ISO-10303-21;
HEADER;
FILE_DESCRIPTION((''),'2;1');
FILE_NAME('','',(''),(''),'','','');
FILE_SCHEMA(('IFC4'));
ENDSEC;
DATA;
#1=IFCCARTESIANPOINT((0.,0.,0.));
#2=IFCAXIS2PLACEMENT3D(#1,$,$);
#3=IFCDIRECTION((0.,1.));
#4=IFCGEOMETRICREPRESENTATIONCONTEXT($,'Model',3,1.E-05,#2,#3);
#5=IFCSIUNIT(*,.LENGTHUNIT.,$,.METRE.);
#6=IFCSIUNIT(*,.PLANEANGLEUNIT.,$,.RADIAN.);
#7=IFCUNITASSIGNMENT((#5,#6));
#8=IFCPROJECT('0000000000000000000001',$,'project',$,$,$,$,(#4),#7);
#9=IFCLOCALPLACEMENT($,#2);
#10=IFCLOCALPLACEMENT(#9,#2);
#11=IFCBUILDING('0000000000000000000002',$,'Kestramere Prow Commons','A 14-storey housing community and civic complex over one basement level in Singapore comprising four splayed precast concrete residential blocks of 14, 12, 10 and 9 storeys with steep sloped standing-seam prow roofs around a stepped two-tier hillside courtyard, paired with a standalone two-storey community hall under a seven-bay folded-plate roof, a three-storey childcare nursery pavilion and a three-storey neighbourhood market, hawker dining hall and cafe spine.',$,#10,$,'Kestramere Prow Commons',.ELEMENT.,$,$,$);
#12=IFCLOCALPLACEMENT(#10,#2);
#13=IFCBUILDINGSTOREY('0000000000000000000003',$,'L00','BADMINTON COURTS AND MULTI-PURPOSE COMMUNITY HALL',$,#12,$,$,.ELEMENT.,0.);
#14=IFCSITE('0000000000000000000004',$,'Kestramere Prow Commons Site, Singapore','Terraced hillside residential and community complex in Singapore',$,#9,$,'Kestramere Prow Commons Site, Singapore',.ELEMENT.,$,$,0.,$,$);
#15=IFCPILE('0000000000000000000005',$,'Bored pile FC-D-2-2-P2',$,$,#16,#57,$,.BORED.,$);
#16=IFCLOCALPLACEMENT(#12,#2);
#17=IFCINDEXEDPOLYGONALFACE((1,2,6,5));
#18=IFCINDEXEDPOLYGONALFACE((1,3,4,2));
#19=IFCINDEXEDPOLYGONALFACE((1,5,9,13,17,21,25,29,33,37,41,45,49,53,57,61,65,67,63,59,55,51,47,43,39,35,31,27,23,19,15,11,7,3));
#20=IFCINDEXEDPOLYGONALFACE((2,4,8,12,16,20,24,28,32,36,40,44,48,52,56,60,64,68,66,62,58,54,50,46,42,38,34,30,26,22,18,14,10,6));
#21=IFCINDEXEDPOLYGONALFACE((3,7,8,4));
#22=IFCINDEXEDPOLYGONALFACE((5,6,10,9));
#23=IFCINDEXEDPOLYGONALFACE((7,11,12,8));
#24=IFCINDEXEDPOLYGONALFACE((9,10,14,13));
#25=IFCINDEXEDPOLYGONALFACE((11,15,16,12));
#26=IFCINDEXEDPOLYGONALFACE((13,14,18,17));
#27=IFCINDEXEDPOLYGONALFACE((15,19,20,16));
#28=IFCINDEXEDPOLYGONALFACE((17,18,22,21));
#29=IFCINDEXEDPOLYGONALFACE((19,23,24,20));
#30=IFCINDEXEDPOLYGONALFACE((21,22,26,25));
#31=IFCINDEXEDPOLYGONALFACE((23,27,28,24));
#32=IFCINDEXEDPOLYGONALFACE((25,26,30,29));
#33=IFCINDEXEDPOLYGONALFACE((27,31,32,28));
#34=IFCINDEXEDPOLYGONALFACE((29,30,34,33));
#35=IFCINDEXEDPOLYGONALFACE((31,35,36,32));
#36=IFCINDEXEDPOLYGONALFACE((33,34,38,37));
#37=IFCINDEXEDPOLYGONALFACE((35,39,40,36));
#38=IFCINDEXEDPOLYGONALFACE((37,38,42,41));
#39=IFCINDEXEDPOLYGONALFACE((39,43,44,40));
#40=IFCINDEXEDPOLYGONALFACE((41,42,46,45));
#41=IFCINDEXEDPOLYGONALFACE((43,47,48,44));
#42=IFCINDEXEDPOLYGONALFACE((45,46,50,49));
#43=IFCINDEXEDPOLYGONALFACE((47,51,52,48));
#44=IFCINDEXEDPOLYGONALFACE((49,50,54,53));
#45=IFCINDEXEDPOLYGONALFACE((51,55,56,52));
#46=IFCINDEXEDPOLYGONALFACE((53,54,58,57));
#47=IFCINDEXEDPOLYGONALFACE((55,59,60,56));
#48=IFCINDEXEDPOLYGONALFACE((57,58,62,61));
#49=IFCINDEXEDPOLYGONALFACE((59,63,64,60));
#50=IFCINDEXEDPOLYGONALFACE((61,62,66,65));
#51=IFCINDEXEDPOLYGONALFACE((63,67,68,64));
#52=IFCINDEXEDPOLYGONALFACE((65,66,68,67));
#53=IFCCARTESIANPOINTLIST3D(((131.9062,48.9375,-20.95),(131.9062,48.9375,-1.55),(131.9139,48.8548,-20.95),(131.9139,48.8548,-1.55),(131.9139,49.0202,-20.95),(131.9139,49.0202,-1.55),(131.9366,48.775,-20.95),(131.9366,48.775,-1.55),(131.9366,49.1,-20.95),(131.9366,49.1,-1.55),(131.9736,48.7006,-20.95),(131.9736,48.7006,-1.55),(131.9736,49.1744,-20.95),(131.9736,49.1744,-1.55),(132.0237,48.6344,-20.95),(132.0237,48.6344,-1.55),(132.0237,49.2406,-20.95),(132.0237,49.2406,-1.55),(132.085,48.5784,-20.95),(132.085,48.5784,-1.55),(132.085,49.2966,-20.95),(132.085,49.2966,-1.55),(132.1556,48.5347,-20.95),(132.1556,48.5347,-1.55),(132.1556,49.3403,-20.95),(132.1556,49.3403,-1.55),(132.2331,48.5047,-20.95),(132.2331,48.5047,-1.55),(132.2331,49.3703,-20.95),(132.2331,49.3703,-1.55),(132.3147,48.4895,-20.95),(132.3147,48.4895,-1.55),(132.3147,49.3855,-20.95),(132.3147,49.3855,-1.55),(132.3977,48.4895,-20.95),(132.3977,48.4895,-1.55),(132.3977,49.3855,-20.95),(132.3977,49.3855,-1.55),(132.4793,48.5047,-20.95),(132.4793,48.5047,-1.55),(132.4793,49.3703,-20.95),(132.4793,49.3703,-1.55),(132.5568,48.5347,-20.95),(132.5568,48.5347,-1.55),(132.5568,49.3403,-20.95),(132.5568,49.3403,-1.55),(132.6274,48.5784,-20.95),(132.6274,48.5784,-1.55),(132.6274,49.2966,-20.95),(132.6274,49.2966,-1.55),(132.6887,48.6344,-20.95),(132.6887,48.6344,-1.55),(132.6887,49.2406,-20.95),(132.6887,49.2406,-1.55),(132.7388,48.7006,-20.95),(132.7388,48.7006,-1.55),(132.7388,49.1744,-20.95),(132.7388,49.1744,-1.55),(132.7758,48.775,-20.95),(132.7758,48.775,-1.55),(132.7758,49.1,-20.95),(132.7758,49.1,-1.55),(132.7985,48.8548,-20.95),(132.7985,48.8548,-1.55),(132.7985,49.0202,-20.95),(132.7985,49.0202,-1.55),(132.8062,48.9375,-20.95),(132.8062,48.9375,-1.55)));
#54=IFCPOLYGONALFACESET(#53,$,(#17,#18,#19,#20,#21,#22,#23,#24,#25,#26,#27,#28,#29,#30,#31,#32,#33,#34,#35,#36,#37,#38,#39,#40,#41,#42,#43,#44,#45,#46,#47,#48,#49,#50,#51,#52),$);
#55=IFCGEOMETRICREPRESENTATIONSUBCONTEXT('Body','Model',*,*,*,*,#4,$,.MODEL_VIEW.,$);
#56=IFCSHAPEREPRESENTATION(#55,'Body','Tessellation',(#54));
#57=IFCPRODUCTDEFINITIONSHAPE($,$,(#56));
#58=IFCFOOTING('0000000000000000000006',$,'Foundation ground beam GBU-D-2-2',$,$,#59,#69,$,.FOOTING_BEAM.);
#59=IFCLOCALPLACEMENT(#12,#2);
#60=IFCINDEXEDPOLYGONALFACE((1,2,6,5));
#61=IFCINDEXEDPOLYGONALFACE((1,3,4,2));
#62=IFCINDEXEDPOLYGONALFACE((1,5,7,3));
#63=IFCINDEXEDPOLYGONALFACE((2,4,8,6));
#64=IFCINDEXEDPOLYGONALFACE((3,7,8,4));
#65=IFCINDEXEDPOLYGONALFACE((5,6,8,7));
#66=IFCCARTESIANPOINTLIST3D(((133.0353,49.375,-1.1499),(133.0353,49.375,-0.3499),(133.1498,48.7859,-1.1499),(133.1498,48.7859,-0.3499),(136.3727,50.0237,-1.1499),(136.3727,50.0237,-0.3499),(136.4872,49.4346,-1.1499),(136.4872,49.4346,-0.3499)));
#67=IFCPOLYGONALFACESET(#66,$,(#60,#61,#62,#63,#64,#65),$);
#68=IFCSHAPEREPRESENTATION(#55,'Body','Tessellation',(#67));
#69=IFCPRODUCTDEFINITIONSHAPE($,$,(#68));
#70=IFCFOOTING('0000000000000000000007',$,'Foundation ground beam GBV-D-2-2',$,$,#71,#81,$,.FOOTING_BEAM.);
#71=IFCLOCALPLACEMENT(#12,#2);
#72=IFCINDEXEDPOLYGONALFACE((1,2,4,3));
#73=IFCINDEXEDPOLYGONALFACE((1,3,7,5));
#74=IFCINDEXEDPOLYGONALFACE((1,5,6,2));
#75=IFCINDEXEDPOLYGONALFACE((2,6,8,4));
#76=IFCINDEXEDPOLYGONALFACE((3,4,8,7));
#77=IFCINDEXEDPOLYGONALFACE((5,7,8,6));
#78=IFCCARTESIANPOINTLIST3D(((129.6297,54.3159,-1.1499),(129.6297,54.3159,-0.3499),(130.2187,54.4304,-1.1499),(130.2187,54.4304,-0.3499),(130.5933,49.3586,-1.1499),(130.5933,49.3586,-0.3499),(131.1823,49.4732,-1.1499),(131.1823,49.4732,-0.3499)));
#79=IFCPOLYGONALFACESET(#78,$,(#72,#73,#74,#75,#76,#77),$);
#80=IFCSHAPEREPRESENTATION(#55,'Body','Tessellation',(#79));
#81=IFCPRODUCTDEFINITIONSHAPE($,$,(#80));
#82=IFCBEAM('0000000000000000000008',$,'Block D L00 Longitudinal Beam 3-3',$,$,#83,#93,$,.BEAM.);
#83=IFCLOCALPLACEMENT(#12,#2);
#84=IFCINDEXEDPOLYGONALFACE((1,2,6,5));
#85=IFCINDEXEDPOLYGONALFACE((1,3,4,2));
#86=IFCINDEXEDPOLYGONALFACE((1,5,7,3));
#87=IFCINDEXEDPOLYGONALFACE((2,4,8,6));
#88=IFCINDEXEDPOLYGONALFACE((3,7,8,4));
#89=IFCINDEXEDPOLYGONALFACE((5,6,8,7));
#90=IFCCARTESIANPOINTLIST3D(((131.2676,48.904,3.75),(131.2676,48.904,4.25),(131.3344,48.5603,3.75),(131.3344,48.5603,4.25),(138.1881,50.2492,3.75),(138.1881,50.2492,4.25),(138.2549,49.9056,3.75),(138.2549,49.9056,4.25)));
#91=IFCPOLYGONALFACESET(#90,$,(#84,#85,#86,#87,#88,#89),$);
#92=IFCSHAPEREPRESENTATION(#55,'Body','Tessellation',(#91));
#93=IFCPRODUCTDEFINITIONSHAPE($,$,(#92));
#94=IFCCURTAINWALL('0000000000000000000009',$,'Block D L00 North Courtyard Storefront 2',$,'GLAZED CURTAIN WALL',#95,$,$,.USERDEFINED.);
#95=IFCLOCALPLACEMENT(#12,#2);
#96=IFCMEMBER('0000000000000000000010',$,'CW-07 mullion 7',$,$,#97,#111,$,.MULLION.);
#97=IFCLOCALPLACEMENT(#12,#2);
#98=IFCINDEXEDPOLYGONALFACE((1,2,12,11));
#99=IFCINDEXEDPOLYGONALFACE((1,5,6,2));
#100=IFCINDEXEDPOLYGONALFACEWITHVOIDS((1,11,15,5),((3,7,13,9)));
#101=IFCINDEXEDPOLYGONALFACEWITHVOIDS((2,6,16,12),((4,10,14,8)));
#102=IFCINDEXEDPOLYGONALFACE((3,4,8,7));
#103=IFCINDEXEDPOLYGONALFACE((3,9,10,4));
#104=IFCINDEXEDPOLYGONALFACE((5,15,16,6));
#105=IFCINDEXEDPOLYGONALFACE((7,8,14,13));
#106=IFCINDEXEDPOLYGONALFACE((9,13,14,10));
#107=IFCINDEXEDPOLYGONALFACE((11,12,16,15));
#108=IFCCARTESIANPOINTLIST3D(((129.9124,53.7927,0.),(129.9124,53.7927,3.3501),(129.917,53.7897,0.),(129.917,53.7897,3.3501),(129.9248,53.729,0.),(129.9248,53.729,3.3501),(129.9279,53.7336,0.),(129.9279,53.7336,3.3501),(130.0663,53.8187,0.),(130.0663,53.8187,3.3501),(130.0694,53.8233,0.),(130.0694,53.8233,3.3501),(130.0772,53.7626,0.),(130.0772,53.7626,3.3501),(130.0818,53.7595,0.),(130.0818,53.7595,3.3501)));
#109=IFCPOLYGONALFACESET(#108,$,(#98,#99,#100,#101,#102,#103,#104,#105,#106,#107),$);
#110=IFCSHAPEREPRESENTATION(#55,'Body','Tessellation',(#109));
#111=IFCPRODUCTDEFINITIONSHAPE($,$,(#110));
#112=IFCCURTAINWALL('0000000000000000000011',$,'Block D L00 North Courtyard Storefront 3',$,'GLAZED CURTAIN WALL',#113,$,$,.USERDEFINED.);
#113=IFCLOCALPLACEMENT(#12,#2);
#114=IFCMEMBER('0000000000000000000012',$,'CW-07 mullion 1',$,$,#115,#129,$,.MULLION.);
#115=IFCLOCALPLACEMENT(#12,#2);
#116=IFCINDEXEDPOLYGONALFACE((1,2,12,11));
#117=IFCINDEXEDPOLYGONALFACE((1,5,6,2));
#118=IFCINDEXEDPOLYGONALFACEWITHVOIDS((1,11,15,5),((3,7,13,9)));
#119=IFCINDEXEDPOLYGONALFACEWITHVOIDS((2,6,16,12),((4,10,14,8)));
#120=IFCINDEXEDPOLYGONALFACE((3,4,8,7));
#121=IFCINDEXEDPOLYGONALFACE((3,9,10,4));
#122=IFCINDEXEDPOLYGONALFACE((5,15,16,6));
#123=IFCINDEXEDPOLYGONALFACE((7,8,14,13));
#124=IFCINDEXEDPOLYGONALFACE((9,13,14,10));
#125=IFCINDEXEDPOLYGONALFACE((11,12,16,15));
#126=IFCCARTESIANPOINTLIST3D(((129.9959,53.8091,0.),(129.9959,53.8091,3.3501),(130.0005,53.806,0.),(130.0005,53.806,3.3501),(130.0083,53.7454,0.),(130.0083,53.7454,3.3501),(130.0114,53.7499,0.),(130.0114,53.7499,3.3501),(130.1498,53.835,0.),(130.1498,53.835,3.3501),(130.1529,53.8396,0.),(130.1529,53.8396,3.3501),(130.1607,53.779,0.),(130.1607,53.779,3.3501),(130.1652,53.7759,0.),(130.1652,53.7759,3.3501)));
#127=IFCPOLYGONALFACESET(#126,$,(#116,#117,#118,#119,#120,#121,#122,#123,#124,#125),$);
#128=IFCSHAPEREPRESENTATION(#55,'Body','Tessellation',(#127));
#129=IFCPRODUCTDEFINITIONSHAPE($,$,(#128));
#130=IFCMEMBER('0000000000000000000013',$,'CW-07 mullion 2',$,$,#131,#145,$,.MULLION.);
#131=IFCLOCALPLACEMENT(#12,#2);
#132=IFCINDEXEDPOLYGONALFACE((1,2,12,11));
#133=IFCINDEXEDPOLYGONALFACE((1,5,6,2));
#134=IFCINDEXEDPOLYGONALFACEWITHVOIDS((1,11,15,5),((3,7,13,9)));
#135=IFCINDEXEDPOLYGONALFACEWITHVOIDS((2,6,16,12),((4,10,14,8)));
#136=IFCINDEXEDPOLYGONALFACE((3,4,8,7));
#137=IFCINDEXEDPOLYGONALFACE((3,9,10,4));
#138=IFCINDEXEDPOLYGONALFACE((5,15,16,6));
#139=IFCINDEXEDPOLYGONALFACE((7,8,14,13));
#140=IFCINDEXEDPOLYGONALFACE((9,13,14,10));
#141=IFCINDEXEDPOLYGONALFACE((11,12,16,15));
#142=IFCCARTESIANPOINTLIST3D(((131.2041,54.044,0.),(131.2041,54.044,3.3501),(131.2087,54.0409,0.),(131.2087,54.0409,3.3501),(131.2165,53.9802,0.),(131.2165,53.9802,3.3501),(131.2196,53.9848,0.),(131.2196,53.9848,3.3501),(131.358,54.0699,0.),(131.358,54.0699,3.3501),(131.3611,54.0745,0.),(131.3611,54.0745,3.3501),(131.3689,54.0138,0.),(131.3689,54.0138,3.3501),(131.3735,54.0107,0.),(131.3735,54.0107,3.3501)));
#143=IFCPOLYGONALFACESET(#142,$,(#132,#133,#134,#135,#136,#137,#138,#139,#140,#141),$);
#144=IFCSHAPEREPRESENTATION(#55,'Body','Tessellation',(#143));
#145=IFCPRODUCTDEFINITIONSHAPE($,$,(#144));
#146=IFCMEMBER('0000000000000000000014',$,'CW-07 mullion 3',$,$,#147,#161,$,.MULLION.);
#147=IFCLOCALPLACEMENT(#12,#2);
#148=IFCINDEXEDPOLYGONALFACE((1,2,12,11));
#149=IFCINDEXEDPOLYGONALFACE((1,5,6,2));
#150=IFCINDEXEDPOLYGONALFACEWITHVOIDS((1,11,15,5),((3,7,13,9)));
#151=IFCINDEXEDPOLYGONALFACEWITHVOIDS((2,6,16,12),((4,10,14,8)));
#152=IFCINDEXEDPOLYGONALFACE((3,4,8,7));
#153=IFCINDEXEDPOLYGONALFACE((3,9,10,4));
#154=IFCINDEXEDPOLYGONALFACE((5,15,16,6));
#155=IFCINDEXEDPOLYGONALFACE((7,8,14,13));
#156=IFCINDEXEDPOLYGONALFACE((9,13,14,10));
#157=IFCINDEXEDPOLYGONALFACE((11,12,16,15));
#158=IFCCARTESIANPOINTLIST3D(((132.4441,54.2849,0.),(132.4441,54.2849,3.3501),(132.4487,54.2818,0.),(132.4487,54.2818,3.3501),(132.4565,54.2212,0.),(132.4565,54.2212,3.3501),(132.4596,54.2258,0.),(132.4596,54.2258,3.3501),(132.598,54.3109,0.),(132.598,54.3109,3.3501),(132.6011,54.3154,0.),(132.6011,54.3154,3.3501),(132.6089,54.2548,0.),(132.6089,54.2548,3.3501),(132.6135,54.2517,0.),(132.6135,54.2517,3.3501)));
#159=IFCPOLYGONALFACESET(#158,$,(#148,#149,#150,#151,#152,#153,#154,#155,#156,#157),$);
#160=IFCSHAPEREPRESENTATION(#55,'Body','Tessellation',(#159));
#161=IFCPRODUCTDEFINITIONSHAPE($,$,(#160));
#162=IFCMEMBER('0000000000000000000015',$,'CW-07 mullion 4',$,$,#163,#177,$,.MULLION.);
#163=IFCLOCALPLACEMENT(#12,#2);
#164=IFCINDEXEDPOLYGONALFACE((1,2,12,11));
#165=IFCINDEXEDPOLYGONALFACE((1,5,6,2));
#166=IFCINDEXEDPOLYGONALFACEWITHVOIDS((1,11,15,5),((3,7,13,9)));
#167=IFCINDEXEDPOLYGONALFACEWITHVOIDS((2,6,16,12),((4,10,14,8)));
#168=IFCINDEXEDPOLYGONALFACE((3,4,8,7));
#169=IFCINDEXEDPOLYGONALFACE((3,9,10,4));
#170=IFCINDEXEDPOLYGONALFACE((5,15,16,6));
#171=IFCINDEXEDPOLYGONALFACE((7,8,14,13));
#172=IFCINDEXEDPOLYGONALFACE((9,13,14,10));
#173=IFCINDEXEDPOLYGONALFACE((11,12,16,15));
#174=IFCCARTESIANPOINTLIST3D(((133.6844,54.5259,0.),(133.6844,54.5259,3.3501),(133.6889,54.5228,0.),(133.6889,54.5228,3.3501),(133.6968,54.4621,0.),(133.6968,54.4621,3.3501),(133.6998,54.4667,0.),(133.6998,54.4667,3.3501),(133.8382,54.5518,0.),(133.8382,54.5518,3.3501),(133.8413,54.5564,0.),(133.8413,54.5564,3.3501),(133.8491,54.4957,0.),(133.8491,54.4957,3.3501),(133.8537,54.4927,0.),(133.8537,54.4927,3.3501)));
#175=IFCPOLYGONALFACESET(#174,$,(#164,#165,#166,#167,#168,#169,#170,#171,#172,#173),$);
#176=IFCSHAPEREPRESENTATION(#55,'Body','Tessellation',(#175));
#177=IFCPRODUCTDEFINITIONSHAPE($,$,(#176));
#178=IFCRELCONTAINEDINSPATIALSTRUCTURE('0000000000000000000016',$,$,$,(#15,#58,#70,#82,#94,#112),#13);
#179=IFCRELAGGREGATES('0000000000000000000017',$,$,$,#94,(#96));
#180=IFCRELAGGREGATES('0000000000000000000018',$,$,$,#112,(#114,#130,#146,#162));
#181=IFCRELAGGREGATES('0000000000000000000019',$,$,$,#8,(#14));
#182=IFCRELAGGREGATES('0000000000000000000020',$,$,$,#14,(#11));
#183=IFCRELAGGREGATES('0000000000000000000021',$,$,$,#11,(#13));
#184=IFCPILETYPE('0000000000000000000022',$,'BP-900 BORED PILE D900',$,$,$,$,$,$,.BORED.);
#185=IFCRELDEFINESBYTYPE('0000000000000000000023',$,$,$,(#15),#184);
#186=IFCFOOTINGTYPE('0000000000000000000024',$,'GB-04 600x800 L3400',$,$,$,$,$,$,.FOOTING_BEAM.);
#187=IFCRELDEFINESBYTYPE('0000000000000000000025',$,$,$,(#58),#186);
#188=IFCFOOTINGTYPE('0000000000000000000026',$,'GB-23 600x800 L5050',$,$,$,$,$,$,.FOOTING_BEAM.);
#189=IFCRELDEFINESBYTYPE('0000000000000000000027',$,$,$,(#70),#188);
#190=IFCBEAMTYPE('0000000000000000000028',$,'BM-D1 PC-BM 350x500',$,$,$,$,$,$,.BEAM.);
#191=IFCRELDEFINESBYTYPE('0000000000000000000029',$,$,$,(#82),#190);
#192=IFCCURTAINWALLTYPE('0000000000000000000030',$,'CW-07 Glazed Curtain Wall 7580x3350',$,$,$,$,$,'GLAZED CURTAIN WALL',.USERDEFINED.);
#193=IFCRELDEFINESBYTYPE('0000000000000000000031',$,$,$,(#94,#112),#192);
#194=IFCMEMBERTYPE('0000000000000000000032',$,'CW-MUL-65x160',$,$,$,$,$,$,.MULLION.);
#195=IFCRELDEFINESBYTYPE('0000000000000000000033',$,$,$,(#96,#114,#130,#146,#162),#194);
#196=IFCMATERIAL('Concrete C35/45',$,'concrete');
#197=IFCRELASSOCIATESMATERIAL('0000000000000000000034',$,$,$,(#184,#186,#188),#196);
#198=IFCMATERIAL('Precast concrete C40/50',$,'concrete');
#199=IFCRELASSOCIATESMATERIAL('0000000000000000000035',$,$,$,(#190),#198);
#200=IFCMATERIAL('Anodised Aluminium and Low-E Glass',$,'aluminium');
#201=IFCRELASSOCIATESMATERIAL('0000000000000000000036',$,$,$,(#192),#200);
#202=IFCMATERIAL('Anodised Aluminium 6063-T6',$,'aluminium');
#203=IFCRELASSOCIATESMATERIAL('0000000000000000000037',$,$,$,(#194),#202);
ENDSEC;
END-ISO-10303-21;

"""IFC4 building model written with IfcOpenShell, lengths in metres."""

from ifc_helpers import new_model, si_unit, direction, frame, origin, origin_2d, place, context, subcontext, project, spatial, rectangle, hollow_rectangle, circle, extrude, material, material_profile, profile_set, type_object, element, aggregate, save


model = new_model("IFC4")

# Units and contexts
model_context = context("Model", 3, precision=1e-05, world=origin(), true_north=direction((0.0, 1.0)))
body_context = subcontext(model_context, "Body", "Model", "MODEL_VIEW")
ifc_project = project(units=[si_unit("LENGTHUNIT", "METRE"), si_unit("PLANEANGLEUNIT", "RADIAN")], contexts=[model_context])

# Site, building, storey
site_placement = place(None, origin())
site = spatial("IfcSite", under=ifc_project, at=site_placement, Name="Kestramere Prow Commons Site, Singapore", Description="Terraced hillside residential and community complex in Singapore", LongName="Kestramere Prow Commons Site, Singapore", CompositionType="ELEMENT", RefElevation=0.0)
building_placement = place(site_placement, origin())
building = spatial("IfcBuilding", under=site, at=building_placement, Name="Kestramere Prow Commons", Description="A 14-storey housing community and civic complex over one basement level in Singapore comprising four splayed precast concrete residential blocks of 14, 12, 10 and 9 storeys with steep sloped standing-seam prow roofs around a stepped two-tier hillside courtyard, paired with a standalone two-storey community hall under a seven-bay folded-plate roof, a three-storey childcare nursery pavilion and a three-storey neighbourhood market, hawker dining hall and cafe spine.", LongName="Kestramere Prow Commons", CompositionType="ELEMENT")
storey_placement = place(building_placement, origin())
storey = spatial("IfcBuildingStorey", under=building, at=storey_placement, Name="L00", Description="BADMINTON COURTS AND MULTI-PURPOSE COMMUNITY HALL", CompositionType="ELEMENT", Elevation=0.0)

# Pile
ifc_material_1 = material(Name="Concrete C35/45", Category="concrete")
ifc_material_profile_1 = material_profile(ifc_material_1, circle(Radius=0.45, at=origin_2d()), Name="BORED PILE D900")
ifc_profile_set_1 = profile_set([ifc_material_profile_1], Name="Concrete C35/45")
pile_type = type_object("IfcPileType", Name="BP-900 BORED PILE D900", PredefinedType="BORED", material=ifc_profile_set_1)
pile_placement = place(storey_placement, frame((132.3562, 48.9375, -1.55), z_axis=(0.0, 0.0, -1.0), x_axis=(1.0, 0.0, 0.0)))
element("IfcPile", 1, at=pile_placement, inside=storey, type_object=pile_type, Name="Bored pile FC-D-2-2-P2", PredefinedType="BORED", context=body_context, shape_type="SweptSolid", body=[
    extrude(circle(Radius=0.45, at=origin_2d()), origin(), (0.0, 0.0, 1.0), 19.3999),
])

# Footings
footing_type_1 = type_object("IfcFootingType", Name="GB-04 600x800 L3400", PredefinedType="FOOTING_BEAM", material=ifc_material_1)
footing_1_placement = place(storey_placement, frame((134.7612, 49.4048, -1.1499), z_axis=(0.0, 0.0, 1.0), x_axis=(0.981627, 0.190809, 0.0)))
element("IfcFooting", 2, at=footing_1_placement, inside=storey, type_object=footing_type_1, Name="Foundation ground beam GBU-D-2-2", PredefinedType="FOOTING_BEAM", context=body_context, shape_type="SweptSolid", body=[
    extrude(rectangle(XDim=3.3999, YDim=0.6001, at=origin_2d()), origin(), (0.0, 0.0, 1.0), 0.8),
])
footing_type_2 = type_object("IfcFootingType", Name="GB-23 600x800 L5050", PredefinedType="FOOTING_BEAM", material=ifc_material_1)
footing_2_placement = place(storey_placement, frame((130.406, 51.8945, -1.1499), z_axis=(0.0, 0.0, 1.0), x_axis=(-0.190809, 0.981627, 0.0)))
element("IfcFooting", 3, at=footing_2_placement, inside=storey, type_object=footing_type_2, Name="Foundation ground beam GBV-D-2-2", PredefinedType="FOOTING_BEAM", context=body_context, shape_type="SweptSolid", body=[
    extrude(rectangle(XDim=5.05, YDim=0.6001, at=origin_2d()), origin(), (0.0, 0.0, 1.0), 0.8),
])

# Beam
ifc_material_2 = material(Name="Precast concrete C40/50", Category="concrete")
ifc_material_profile_2 = material_profile(ifc_material_2, rectangle(XDim=0.3501, YDim=0.5, at=origin_2d()), Name="PC-BM 350x500")
ifc_profile_set_2 = profile_set([ifc_material_profile_2], Name="Precast concrete C40/50")
beam_type_1 = type_object("IfcBeamType", Name="BM-D1 PC-BM 350x500", PredefinedType="BEAM", material=ifc_profile_set_2)
beam_1_placement = place(storey_placement, frame((131.301, 48.7322, 4.0), z_axis=(0.981627, 0.190812, 0.0), x_axis=(-0.190812, 0.981627, 0.0)))
element("IfcBeam", 4, at=beam_1_placement, inside=storey, type_object=beam_type_1, Name="Block D L00 Longitudinal Beam 3-3", PredefinedType="BEAM", context=body_context, shape_type="SweptSolid", body=[
    extrude(rectangle(XDim=0.3501, YDim=0.5, at=origin_2d()), origin(), (0.0, 0.0, 1.0), 7.05),
])

# Curtain wall, member
ifc_material_3 = material(Name="Anodised Aluminium and Low-E Glass", Category="aluminium")
curtain_wall_type = type_object("IfcCurtainWallType", Name="CW-07 Glazed Curtain Wall 7580x3350", ElementType="GLAZED CURTAIN WALL", PredefinedType="USERDEFINED", material=ifc_material_3)
curtain_wall_1_placement = place(storey_placement, origin())
curtain_wall_1 = element("IfcCurtainWall", 5, at=curtain_wall_1_placement, inside=storey, type_object=curtain_wall_type, Name="Block D L00 North Courtyard Storefront 2", ObjectType="GLAZED CURTAIN WALL", PredefinedType="USERDEFINED")
ifc_material_4 = material(Name="Anodised Aluminium 6063-T6", Category="aluminium")
ifc_material_profile_3 = material_profile(ifc_material_4, hollow_rectangle(XDim=0.0649, YDim=0.1599, WallThickness=0.0039, at=origin_2d()), Name="ALU-MUL 65x160")
ifc_profile_set_3 = profile_set([ifc_material_profile_3], Name="Anodised Aluminium 6063-T6")
member_type_1 = type_object("IfcMemberType", Name="CW-MUL-65x160", PredefinedType="MULLION", material=ifc_profile_set_3)
member_1_placement = place(storey_placement, frame((129.9971, 53.7761, 0.0), z_axis=(0.0, 0.0, 1.0), x_axis=(-0.190809, 0.981627, 0.0)))
member_1 = element("IfcMember", 6, at=member_1_placement, type_object=member_type_1, Name="CW-07 mullion 7", PredefinedType="MULLION", context=body_context, shape_type="SweptSolid", body=[
    extrude(hollow_rectangle(XDim=0.0649, YDim=0.1599, WallThickness=0.0039, at=origin_2d()), origin(), (0.0, 0.0, 1.0), 3.3501),
])
aggregate(curtain_wall_1, [member_1])

# Curtain wall, members
curtain_wall_2_placement = place(storey_placement, origin())
curtain_wall_2 = element("IfcCurtainWall", 7, at=curtain_wall_2_placement, inside=storey, type_object=curtain_wall_type, Name="Block D L00 North Courtyard Storefront 3", ObjectType="GLAZED CURTAIN WALL", PredefinedType="USERDEFINED")
member_2_placement = place(storey_placement, frame((130.0806, 53.7925, 0.0), z_axis=(0.0, 0.0, 1.0), x_axis=(-0.190809, 0.981627, 0.0)))
member_2 = element("IfcMember", 8, at=member_2_placement, type_object=member_type_1, Name="CW-07 mullion 1", PredefinedType="MULLION", context=body_context, shape_type="SweptSolid", body=[
    extrude(hollow_rectangle(XDim=0.0649, YDim=0.1599, WallThickness=0.0039, at=origin_2d()), origin(), (0.0, 0.0, 1.0), 3.3501),
])
member_3_placement = place(storey_placement, frame((131.2888, 54.0273, 0.0), z_axis=(0.0, 0.0, 1.0), x_axis=(-0.190809, 0.981627, 0.0)))
member_3 = element("IfcMember", 9, at=member_3_placement, type_object=member_type_1, Name="CW-07 mullion 2", PredefinedType="MULLION", context=body_context, shape_type="SweptSolid", body=[
    extrude(hollow_rectangle(XDim=0.0649, YDim=0.1599, WallThickness=0.0039, at=origin_2d()), origin(), (0.0, 0.0, 1.0), 3.3501),
])
member_4_placement = place(storey_placement, frame((132.5288, 54.2683, 0.0), z_axis=(0.0, 0.0, 1.0), x_axis=(-0.190809, 0.981627, 0.0)))
member_4 = element("IfcMember", 10, at=member_4_placement, type_object=member_type_1, Name="CW-07 mullion 3", PredefinedType="MULLION", context=body_context, shape_type="SweptSolid", body=[
    extrude(hollow_rectangle(XDim=0.0649, YDim=0.1599, WallThickness=0.0039, at=origin_2d()), origin(), (0.0, 0.0, 1.0), 3.3501),
])
member_5_placement = place(storey_placement, frame((133.769, 54.5093, 0.0), z_axis=(0.0, 0.0, 1.0), x_axis=(-0.190809, 0.981627, 0.0)))
member_5 = element("IfcMember", 11, at=member_5_placement, type_object=member_type_1, Name="CW-07 mullion 4", PredefinedType="MULLION", context=body_context, shape_type="SweptSolid", body=[
    extrude(hollow_rectangle(XDim=0.0649, YDim=0.1599, WallThickness=0.0039, at=origin_2d()), origin(), (0.0, 0.0, 1.0), 3.3501),
])

aggregate(curtain_wall_2, [member_2, member_3, member_4, member_5])

save(model, "model.ifc")
